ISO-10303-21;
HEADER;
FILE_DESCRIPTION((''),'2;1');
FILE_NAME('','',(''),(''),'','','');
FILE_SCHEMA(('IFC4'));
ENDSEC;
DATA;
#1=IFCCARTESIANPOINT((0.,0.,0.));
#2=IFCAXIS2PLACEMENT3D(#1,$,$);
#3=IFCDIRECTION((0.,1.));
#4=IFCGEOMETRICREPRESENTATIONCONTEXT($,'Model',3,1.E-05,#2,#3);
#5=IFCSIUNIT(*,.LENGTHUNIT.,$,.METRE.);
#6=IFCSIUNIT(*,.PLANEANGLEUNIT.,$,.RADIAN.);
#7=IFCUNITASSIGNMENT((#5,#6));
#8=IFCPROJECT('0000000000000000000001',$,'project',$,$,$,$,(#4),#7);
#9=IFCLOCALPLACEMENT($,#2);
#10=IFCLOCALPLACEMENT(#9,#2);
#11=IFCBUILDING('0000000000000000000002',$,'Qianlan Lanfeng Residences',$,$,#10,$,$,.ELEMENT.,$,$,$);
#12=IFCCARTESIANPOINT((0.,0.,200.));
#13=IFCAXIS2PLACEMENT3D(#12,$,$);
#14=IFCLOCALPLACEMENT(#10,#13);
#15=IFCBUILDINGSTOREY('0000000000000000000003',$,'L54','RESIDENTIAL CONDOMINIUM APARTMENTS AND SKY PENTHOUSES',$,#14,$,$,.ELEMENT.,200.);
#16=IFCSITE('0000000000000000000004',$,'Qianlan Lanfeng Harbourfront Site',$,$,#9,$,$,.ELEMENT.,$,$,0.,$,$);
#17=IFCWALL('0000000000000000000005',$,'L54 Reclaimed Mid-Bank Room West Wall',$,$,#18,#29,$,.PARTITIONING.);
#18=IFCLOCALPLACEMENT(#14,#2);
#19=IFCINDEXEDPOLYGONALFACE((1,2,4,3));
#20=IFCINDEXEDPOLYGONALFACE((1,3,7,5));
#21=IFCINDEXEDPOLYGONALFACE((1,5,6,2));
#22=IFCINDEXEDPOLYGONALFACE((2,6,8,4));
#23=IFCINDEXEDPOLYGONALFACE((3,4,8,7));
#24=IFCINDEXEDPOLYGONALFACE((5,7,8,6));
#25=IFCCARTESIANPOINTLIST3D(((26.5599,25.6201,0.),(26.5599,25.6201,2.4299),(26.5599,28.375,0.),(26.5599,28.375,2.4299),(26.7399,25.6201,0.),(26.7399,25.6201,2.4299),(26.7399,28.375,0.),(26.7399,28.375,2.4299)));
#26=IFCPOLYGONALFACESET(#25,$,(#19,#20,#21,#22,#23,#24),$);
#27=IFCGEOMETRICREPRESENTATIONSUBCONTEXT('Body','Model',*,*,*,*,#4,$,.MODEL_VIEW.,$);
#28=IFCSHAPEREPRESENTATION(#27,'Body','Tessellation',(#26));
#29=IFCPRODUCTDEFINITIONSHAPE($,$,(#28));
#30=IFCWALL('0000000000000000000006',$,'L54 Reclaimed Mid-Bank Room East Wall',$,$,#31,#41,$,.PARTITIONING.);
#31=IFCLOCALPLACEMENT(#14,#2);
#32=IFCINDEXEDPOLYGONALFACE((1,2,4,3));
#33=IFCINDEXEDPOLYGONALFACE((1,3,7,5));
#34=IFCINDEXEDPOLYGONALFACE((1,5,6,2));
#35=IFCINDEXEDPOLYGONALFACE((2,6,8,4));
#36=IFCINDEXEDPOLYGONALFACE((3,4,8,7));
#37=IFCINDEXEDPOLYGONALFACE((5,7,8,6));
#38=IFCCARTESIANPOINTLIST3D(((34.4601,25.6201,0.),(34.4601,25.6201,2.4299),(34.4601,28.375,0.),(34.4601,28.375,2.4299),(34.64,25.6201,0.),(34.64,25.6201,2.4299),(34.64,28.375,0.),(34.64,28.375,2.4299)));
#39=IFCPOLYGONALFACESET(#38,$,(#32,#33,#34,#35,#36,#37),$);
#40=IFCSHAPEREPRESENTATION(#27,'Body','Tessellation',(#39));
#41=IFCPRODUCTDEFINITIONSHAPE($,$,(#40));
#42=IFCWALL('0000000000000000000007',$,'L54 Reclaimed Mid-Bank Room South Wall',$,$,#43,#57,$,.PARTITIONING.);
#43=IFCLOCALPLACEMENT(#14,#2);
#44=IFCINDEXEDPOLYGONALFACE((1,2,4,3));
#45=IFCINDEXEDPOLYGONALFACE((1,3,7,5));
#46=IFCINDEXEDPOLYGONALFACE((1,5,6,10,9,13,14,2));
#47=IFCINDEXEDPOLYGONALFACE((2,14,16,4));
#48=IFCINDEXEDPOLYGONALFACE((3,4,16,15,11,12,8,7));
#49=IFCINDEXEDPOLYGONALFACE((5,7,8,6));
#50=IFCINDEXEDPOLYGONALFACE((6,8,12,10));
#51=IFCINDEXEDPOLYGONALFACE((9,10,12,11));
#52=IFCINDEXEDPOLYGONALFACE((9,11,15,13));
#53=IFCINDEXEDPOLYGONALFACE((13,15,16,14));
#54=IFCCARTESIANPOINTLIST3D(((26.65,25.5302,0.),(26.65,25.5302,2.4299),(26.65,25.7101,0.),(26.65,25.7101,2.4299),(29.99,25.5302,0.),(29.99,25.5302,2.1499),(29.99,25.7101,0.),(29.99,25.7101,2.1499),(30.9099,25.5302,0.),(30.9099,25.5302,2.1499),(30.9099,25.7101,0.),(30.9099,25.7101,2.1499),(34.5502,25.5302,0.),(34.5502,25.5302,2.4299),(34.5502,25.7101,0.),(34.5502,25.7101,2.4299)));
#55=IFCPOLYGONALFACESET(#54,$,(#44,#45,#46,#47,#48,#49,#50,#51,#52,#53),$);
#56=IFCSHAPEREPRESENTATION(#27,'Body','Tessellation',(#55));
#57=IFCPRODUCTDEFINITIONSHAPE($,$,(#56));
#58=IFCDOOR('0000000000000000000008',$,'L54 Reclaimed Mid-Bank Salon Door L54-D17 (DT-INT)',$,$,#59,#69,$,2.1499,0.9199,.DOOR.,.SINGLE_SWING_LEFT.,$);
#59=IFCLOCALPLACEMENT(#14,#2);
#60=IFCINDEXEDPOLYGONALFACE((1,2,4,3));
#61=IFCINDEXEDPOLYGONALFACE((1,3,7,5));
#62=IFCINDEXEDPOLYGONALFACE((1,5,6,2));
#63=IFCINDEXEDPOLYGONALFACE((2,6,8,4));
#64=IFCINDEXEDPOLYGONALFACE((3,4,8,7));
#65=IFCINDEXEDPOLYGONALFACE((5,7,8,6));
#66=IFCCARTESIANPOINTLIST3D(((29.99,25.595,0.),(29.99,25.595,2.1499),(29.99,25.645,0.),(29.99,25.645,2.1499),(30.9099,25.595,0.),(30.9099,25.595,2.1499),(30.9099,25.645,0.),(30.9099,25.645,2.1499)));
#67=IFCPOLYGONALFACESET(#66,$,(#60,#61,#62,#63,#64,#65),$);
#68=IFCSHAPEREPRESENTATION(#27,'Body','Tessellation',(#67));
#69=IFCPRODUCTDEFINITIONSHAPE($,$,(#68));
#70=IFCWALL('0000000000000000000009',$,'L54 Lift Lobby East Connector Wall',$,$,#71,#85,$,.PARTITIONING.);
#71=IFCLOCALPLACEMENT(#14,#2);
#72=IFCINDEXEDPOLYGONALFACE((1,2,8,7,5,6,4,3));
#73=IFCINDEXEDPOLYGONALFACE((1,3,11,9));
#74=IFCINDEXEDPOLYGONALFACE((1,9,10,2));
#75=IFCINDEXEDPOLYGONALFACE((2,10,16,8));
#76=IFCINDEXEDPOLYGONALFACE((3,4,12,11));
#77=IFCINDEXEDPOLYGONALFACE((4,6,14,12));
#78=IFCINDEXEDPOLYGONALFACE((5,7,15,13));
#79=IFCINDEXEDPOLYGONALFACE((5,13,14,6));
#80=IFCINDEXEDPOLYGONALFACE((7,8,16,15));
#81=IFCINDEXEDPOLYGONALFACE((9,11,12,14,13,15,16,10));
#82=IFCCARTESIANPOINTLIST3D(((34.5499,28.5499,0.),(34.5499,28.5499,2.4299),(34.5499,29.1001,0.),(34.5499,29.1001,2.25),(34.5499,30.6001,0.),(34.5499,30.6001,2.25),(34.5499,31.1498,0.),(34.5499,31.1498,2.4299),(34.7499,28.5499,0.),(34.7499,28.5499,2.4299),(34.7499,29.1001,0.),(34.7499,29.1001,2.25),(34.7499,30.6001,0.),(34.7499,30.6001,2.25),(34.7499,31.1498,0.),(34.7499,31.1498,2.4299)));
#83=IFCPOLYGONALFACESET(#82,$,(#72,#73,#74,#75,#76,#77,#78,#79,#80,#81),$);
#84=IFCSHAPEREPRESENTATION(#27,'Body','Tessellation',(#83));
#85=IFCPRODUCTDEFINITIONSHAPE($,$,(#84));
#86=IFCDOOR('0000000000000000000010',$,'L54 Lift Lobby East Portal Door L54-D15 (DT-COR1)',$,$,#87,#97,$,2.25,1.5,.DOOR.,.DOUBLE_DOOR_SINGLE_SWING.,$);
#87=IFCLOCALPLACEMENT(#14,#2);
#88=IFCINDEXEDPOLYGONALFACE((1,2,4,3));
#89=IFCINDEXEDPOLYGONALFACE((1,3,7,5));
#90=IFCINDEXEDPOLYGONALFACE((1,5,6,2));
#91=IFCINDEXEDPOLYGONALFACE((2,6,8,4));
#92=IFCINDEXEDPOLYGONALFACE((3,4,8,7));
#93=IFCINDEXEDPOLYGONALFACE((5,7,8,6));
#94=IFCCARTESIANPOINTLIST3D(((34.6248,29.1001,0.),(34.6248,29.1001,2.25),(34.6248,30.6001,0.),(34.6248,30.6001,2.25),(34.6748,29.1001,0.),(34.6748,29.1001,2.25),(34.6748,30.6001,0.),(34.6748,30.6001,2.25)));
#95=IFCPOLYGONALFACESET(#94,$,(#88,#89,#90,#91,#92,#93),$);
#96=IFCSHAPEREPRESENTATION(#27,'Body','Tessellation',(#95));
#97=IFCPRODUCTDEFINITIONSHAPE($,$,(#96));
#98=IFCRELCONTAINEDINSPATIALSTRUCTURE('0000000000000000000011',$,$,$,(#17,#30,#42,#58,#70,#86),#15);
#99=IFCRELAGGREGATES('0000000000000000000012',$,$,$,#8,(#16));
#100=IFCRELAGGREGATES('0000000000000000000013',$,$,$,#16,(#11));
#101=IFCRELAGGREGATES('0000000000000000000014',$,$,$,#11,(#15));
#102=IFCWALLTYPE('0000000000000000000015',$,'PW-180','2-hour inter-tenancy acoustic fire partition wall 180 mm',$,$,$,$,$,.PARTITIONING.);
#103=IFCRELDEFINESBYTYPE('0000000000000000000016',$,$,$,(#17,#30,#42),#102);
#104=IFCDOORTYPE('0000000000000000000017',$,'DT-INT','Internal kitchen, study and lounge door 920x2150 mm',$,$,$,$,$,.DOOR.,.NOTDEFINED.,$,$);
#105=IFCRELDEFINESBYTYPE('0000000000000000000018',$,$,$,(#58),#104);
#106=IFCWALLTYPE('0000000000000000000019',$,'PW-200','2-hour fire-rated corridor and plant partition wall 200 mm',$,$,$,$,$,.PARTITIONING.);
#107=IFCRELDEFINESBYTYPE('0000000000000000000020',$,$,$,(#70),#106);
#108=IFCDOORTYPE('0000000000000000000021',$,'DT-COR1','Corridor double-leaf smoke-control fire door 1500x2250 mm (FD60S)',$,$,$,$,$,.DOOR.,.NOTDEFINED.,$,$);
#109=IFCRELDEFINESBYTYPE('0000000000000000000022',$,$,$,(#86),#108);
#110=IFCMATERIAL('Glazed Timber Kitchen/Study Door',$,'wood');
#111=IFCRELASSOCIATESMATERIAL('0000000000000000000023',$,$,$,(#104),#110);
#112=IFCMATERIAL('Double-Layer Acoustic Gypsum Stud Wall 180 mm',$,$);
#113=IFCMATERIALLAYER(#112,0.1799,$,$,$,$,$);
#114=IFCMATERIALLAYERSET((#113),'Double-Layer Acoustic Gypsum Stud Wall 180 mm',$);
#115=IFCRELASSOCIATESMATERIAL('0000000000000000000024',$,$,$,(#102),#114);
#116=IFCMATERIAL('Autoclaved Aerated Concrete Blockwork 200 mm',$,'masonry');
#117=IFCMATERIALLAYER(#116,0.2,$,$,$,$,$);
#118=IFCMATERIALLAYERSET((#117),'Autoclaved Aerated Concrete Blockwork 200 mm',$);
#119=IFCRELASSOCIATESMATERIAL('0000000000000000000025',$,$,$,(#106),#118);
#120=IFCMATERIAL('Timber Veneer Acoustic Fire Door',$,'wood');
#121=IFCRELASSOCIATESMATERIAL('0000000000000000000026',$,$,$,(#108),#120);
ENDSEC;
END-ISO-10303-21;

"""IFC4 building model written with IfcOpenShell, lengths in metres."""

from ifc_helpers import new_model, si_unit, direction, frame, frame_2d, origin, place, context, subcontext, project, spatial, rectangle, extrude, material, layer, layer_set, type_object, element, fill, save


model = new_model("IFC4")

# Units and contexts
model_context = context("Model", 3, precision=1e-05, world=origin(), true_north=direction((0.0, 1.0)))
body_context = subcontext(model_context, "Body", "Model", "MODEL_VIEW")
ifc_project = project(units=[si_unit("LENGTHUNIT", "METRE"), si_unit("PLANEANGLEUNIT", "RADIAN")], contexts=[model_context])

# Site, building, storey
site_placement = place(None, origin())
site = spatial("IfcSite", under=ifc_project, at=site_placement, Name="Qianlan Lanfeng Harbourfront Site", CompositionType="ELEMENT", RefElevation=0.0)
building_placement = place(site_placement, origin())
building = spatial("IfcBuilding", under=site, at=building_placement, Name="Qianlan Lanfeng Residences", CompositionType="ELEMENT")
storey_placement = place(building_placement, frame((0.0, 0.0, 200.0)))
storey = spatial("IfcBuildingStorey", under=building, at=storey_placement, Name="L54", Description="RESIDENTIAL CONDOMINIUM APARTMENTS AND SKY PENTHOUSES", CompositionType="ELEMENT", Elevation=200.0)

# Shared definitions
ifc_material_1 = material(Name="Glazed Timber Kitchen/Study Door", Category="wood")
door_type_1 = type_object("IfcDoorType", Name="DT-INT", Description="Internal kitchen, study and lounge door 920x2150 mm", OperationType="NOTDEFINED", PredefinedType="DOOR", material=ifc_material_1)

# Shared definitions
ifc_material_2 = material(Name="Double-Layer Acoustic Gypsum Stud Wall 180 mm")
ifc_layer_1 = layer(ifc_material_2, 0.1799)
ifc_layer_set_1 = layer_set([ifc_layer_1], Name="Double-Layer Acoustic Gypsum Stud Wall 180 mm")
wall_type_1 = type_object("IfcWallType", Name="PW-180", Description="2-hour inter-tenancy acoustic fire partition wall 180 mm", PredefinedType="PARTITIONING", material=ifc_layer_set_1)

# Walls
for number, where, z_axis, x_axis, name in (
    (1, (26.6499, 25.6201, 0.0), (0.0, 0.0, 1.0), (0.0, 1.0, 0.0), "L54 Reclaimed Mid-Bank Room West Wall"),
    (2, (34.55, 25.6201, 0.0), (0.0, 0.0, 1.0), (0.0, 1.0, 0.0), "L54 Reclaimed Mid-Bank Room East Wall"),
):
    element("IfcWall", number, at=place(storey_placement, frame(where, z_axis=z_axis, x_axis=x_axis)), inside=storey, type_object=wall_type_1, Name=name, PredefinedType="PARTITIONING", context=body_context, shape_type="SweptSolid", body=[
        extrude(rectangle(XDim=2.7549, YDim=0.1799, at=frame_2d((1.3774, 0.0))), origin(), (0.0, 0.0, 1.0), 2.4299),
    ])

# Walls, openings, doors
wall_1_placement = place(storey_placement, frame((26.6499, 25.6201, 0.0), z_axis=(0.0, 0.0, 1.0), x_axis=(1.0, 0.0, 0.0)))
wall_1 = element("IfcWall", 3, at=wall_1_placement, inside=storey, type_object=wall_type_1, Name="L54 Reclaimed Mid-Bank Room South Wall", PredefinedType="PARTITIONING", context=body_context, shape_type="SweptSolid", body=[
    extrude(rectangle(XDim=7.9001, YDim=0.1799, at=frame_2d((3.9502, 0.0))), origin(), (0.0, 0.0, 1.0), 2.4299),
])
opening_1_placement = place(wall_1_placement, frame((3.3401, 0.0, 0.0)))
opening_1 = element("IfcOpeningElement", 4, at=opening_1_placement, cuts=wall_1, PredefinedType="OPENING", context=body_context, shape_type="SweptSolid", body=[
    extrude(rectangle(XDim=0.9199, YDim=2.1499, at=frame_2d((0.46, 1.075))), frame((0.0, 0.1001, 0.0), z_axis=(0.0, -1.0, 0.0), x_axis=(1.0, 0.0, 0.0)), (0.0, 0.0, 1.0), 0.2),
])
door_1_placement = place(opening_1_placement, origin())
door_1 = element("IfcDoor", 5, at=door_1_placement, inside=storey, type_object=door_type_1, Name="L54 Reclaimed Mid-Bank Salon Door L54-D17 (DT-INT)", OperationType="SINGLE_SWING_LEFT", OverallHeight=2.1499, OverallWidth=0.9199, PredefinedType="DOOR", context=body_context, shape_type="SweptSolid", body=[
    extrude(rectangle(XDim=0.9199, YDim=2.1499, at=frame_2d((0.46, 1.075))), frame((0.0, 0.0249, 0.0), z_axis=(0.0, -1.0, 0.0), x_axis=(1.0, 0.0, 0.0)), (0.0, 0.0, 1.0), 0.05),
])
fill(opening_1, door_1)
ifc_material_3 = material(Name="Autoclaved Aerated Concrete Blockwork 200 mm", Category="masonry")
ifc_layer_2 = layer(ifc_material_3, 0.2)
ifc_layer_set_2 = layer_set([ifc_layer_2], Name="Autoclaved Aerated Concrete Blockwork 200 mm")
wall_type_2 = type_object("IfcWallType", Name="PW-200", Description="2-hour fire-rated corridor and plant partition wall 200 mm", PredefinedType="PARTITIONING", material=ifc_layer_set_2)
wall_2_placement = place(storey_placement, frame((34.6499, 28.55, 0.0), z_axis=(0.0, 0.0, 1.0), x_axis=(0.0, 1.0, 0.0)))
wall_2 = element("IfcWall", 6, at=wall_2_placement, inside=storey, type_object=wall_type_2, Name="L54 Lift Lobby East Connector Wall", PredefinedType="PARTITIONING", context=body_context, shape_type="SweptSolid", body=[
    extrude(rectangle(XDim=2.5999, YDim=0.2, at=frame_2d((1.2998, 0.0))), origin(), (0.0, 0.0, 1.0), 2.4299),
])
opening_2_placement = place(wall_2_placement, frame((0.55, 0.0, 0.0)))
opening_2 = element("IfcOpeningElement", 7, at=opening_2_placement, cuts=wall_2, PredefinedType="OPENING", context=body_context, shape_type="SweptSolid", body=[
    extrude(rectangle(XDim=1.5, YDim=2.25, at=frame_2d((0.75, 1.125))), frame((0.0, 0.1099, 0.0), z_axis=(0.0, -1.0, 0.0), x_axis=(1.0, 0.0, 0.0)), (0.0, 0.0, 1.0), 0.22),
])
ifc_material_4 = material(Name="Timber Veneer Acoustic Fire Door", Category="wood")
door_type_2 = type_object("IfcDoorType", Name="DT-COR1", Description="Corridor double-leaf smoke-control fire door 1500x2250 mm (FD60S)", OperationType="NOTDEFINED", PredefinedType="DOOR", material=ifc_material_4)
door_2_placement = place(opening_2_placement, frame((1.5, 0.0, 0.0), z_axis=(0.0, 0.0, 1.0), x_axis=(-1.0, 0.0, 0.0)))
door_2 = element("IfcDoor", 8, at=door_2_placement, inside=storey, type_object=door_type_2, Name="L54 Lift Lobby East Portal Door L54-D15 (DT-COR1)", OperationType="DOUBLE_DOOR_SINGLE_SWING", OverallHeight=2.25, OverallWidth=1.5, PredefinedType="DOOR", context=body_context, shape_type="SweptSolid", body=[
    extrude(rectangle(XDim=1.5, YDim=2.25, at=frame_2d((0.75, 1.125))), frame((0.0, 0.0249, 0.0), z_axis=(0.0, -1.0, 0.0), x_axis=(1.0, 0.0, 0.0)), (0.0, 0.0, 1.0), 0.05),
])
fill(opening_2, door_2)

save(model, "model.ifc")
